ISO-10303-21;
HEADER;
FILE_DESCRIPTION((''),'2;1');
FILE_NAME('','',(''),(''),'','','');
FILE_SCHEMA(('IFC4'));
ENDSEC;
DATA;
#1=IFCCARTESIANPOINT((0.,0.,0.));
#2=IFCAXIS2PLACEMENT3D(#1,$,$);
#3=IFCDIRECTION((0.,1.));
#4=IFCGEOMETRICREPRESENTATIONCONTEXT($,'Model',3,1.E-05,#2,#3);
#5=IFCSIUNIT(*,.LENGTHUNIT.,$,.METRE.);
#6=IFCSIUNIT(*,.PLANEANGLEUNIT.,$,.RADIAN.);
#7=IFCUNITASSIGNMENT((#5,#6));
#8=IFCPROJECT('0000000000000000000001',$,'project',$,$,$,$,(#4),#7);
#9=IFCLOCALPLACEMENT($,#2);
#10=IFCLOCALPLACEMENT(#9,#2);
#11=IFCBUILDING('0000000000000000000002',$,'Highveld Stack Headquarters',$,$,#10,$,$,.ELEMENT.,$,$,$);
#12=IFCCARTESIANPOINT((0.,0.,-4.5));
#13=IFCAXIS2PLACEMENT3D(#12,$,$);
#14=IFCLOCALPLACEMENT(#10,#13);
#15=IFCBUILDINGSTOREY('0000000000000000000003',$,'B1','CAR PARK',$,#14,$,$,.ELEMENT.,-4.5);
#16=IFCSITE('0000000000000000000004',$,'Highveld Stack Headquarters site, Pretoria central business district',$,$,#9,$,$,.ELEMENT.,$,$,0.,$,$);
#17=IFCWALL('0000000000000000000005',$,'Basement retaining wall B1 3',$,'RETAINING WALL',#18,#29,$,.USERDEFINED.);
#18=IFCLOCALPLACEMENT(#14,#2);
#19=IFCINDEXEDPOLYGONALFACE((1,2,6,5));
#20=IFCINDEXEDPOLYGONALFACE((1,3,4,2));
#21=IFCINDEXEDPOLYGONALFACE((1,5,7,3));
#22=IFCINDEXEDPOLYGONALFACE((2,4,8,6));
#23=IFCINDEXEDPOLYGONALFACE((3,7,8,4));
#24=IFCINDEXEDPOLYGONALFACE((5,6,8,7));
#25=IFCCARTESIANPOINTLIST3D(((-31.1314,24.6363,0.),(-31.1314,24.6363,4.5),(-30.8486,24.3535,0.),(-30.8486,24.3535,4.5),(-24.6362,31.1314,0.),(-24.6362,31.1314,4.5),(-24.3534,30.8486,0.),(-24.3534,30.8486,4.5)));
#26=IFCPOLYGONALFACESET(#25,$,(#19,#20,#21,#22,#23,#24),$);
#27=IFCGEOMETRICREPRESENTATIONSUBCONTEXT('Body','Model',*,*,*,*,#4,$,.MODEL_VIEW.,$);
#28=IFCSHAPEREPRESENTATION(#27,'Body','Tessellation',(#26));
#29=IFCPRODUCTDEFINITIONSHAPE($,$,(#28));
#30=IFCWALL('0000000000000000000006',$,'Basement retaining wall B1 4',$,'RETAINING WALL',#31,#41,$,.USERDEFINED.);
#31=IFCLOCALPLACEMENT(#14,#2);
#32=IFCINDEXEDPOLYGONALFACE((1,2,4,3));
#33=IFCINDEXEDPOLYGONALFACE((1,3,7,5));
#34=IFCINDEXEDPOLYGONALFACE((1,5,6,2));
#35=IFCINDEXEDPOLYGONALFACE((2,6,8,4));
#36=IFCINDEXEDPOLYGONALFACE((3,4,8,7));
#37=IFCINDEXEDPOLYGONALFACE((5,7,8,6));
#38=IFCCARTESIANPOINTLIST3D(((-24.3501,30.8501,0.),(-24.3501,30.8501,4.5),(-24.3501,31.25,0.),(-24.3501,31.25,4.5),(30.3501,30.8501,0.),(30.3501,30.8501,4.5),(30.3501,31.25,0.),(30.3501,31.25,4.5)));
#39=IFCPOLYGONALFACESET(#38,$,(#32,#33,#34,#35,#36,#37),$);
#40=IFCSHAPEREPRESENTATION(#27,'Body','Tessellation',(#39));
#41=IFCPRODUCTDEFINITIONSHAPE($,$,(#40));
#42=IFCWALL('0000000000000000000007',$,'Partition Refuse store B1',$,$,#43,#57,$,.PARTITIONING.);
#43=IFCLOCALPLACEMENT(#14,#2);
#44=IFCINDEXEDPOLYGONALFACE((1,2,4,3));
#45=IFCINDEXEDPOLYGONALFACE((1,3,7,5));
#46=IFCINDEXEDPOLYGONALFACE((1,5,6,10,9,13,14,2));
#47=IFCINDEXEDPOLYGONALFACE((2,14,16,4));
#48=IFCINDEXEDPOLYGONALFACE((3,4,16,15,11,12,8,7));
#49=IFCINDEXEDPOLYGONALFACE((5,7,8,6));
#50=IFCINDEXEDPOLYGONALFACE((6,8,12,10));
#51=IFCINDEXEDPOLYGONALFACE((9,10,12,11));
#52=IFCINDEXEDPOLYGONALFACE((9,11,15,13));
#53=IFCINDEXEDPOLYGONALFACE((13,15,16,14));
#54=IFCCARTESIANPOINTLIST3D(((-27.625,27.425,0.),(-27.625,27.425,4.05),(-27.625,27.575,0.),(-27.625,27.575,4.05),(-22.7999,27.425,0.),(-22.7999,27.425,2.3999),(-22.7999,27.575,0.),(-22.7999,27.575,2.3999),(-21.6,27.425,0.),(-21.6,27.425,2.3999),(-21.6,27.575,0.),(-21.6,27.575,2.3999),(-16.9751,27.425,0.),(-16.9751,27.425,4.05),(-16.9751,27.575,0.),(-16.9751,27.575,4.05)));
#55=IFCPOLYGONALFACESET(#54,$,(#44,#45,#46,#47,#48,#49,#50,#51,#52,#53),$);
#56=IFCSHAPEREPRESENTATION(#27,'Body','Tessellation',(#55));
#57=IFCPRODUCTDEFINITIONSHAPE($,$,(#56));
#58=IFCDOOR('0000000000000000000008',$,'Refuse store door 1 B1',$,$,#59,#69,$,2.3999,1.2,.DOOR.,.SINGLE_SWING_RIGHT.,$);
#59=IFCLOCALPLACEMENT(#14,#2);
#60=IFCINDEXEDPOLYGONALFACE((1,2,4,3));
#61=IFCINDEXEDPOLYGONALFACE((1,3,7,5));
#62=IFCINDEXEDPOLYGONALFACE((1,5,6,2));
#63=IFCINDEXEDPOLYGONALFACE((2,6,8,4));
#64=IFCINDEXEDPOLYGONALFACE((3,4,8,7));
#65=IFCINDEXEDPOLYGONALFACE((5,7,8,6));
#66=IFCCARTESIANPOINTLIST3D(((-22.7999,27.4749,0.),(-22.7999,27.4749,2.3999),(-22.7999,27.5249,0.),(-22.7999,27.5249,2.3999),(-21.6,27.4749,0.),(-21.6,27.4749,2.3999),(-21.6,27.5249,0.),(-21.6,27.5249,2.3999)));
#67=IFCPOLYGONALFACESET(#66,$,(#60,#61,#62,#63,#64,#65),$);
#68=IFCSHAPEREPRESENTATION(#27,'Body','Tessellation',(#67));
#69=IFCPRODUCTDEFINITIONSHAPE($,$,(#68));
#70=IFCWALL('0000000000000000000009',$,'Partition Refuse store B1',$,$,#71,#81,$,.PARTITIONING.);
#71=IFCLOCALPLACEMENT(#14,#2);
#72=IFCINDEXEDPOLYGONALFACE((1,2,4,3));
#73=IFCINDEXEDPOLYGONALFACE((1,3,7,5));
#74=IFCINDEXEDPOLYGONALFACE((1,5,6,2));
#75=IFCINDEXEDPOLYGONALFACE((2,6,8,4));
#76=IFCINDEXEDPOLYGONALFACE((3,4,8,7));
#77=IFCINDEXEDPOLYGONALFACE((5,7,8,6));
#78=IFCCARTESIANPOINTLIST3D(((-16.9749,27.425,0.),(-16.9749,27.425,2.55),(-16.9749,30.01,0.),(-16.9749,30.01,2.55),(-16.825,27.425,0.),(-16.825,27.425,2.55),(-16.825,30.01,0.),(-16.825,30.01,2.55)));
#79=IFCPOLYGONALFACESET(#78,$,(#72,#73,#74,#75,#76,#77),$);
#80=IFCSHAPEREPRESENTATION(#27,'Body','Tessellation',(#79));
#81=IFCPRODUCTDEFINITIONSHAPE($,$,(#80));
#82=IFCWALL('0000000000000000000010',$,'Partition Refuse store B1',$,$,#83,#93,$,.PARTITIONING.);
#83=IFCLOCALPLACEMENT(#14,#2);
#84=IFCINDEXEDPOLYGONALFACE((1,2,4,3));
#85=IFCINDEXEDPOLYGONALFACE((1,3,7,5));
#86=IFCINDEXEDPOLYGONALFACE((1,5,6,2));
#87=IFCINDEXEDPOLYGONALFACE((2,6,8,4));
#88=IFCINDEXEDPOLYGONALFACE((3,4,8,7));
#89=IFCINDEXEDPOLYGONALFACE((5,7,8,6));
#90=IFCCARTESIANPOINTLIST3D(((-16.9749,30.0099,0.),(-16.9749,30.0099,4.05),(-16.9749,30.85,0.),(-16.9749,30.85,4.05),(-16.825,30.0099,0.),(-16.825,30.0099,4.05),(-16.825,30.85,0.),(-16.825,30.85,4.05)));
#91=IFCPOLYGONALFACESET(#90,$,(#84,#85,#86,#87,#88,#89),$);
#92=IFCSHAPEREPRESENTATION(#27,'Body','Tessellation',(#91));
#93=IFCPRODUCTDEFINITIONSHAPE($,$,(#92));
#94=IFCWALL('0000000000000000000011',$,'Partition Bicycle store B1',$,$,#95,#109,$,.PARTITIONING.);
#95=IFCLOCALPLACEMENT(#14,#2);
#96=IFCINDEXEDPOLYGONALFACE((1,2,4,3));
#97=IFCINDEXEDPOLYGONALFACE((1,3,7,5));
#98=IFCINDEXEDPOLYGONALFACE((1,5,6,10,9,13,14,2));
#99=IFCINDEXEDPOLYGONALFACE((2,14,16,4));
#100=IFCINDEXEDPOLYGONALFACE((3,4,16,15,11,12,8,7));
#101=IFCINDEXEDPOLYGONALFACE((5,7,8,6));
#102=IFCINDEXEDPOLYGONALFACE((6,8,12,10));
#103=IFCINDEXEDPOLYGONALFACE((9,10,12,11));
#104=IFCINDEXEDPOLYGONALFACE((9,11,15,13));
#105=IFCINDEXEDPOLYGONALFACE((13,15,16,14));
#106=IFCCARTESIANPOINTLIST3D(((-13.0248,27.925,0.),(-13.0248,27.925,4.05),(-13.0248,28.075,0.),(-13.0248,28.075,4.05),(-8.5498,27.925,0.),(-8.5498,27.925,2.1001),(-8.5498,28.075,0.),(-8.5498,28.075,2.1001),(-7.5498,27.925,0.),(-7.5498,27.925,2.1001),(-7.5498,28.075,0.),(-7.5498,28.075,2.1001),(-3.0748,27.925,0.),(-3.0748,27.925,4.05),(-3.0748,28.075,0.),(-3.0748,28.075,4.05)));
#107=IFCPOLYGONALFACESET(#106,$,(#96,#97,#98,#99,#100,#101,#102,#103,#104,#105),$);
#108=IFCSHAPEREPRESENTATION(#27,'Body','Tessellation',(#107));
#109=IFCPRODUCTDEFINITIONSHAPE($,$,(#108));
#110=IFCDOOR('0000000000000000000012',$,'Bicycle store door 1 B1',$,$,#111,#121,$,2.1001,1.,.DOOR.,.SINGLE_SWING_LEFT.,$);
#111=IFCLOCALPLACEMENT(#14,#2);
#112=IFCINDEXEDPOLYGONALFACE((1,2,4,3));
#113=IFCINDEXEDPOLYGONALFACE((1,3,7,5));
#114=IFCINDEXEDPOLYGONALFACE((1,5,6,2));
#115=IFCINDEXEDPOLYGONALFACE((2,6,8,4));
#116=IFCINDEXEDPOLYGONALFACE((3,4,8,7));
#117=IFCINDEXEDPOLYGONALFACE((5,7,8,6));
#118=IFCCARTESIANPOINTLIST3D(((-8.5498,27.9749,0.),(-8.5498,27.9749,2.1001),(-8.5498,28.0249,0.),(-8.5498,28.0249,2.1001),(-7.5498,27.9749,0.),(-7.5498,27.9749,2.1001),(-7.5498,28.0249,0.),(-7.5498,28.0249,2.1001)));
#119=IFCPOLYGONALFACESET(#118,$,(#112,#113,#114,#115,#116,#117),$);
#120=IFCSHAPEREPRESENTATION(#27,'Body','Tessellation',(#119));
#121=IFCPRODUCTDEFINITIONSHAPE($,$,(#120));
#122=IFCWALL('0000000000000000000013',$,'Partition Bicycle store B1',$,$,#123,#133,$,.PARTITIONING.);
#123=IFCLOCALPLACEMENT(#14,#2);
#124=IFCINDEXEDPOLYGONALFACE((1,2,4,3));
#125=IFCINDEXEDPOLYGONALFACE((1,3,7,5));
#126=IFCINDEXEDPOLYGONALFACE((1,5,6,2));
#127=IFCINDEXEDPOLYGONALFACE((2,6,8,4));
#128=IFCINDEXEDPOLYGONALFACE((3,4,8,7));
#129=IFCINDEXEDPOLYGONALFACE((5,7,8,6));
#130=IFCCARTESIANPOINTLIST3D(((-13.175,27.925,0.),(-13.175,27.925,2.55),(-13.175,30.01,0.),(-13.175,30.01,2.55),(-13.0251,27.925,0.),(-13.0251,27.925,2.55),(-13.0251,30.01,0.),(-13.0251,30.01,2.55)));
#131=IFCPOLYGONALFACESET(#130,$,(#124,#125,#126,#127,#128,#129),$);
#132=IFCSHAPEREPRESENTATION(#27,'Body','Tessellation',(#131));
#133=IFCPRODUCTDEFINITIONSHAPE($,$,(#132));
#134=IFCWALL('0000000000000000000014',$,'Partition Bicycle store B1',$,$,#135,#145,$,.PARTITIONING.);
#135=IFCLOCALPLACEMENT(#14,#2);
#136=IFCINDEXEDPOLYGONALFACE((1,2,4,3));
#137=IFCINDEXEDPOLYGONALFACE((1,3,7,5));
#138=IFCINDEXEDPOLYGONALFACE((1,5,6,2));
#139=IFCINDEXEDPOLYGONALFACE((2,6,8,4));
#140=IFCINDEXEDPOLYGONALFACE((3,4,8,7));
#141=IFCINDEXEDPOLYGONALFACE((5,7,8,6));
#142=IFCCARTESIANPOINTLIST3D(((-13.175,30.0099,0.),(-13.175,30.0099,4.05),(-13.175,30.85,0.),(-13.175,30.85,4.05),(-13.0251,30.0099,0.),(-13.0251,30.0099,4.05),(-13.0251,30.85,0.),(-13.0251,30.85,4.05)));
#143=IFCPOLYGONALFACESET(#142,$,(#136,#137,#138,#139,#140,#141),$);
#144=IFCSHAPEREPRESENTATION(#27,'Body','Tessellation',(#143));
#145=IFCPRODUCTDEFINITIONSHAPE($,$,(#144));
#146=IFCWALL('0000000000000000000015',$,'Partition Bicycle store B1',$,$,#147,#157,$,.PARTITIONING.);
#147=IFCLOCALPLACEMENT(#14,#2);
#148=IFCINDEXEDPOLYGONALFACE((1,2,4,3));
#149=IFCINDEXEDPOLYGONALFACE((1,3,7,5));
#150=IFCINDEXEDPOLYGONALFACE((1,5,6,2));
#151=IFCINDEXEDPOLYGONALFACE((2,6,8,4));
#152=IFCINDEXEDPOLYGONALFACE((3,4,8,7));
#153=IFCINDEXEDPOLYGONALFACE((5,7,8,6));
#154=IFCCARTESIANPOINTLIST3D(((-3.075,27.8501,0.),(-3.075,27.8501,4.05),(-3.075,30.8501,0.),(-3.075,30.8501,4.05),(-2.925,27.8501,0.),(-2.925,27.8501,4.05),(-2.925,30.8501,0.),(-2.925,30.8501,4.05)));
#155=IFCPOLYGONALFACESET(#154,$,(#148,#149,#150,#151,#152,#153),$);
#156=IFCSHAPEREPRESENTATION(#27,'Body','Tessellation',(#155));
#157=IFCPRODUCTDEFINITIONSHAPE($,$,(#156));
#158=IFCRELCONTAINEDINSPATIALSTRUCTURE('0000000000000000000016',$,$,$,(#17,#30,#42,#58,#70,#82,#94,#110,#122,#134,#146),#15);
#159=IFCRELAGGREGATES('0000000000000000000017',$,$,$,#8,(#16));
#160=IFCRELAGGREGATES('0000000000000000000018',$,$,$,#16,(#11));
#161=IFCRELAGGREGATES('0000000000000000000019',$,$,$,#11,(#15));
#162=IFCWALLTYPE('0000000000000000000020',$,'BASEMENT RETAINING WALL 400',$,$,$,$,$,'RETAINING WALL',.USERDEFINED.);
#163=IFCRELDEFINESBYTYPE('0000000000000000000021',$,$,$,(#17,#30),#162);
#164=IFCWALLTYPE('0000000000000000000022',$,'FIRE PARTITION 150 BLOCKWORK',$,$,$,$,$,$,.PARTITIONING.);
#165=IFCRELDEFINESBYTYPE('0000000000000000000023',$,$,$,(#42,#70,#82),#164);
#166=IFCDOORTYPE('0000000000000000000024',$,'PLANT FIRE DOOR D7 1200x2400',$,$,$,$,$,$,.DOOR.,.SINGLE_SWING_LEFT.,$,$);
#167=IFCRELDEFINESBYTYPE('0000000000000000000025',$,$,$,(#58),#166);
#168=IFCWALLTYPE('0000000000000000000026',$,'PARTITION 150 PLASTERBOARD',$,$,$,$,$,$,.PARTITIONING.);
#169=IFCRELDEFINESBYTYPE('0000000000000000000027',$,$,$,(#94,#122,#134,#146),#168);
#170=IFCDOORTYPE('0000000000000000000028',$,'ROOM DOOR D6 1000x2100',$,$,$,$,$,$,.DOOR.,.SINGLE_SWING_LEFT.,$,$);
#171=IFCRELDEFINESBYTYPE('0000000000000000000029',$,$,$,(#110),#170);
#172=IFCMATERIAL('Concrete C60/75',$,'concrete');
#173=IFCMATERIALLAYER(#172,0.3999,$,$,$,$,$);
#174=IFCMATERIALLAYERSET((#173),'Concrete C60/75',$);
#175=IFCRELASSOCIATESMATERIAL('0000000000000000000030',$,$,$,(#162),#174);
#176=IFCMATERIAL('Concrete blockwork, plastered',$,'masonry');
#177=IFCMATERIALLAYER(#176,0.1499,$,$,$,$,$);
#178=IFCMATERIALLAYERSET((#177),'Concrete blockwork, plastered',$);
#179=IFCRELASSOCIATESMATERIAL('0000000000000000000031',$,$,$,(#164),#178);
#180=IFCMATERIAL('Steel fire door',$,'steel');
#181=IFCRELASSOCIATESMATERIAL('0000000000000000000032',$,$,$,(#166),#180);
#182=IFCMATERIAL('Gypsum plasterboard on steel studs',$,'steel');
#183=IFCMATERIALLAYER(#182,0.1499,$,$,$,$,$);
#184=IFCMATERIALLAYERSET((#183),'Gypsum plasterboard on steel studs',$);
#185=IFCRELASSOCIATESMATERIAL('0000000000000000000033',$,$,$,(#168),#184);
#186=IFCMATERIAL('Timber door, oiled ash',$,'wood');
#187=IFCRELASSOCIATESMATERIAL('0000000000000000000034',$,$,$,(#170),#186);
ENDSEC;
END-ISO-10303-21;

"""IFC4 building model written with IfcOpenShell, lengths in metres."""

from ifc_helpers import new_model, si_unit, direction, frame, frame_2d, origin, place, context, subcontext, project, spatial, rectangle, extrude, material, layer, layer_set, type_object, element, fill, save


model = new_model("IFC4")

# Units and contexts
model_context = context("Model", 3, precision=1e-05, world=origin(), true_north=direction((0.0, 1.0)))
body_context = subcontext(model_context, "Body", "Model", "MODEL_VIEW")
ifc_project = project(units=[si_unit("LENGTHUNIT", "METRE"), si_unit("PLANEANGLEUNIT", "RADIAN")], contexts=[model_context])

# Site, building, storey
site_placement = place(None, origin())
site = spatial("IfcSite", under=ifc_project, at=site_placement, Name="Highveld Stack Headquarters site, Pretoria central business district", CompositionType="ELEMENT", RefElevation=0.0)
building_placement = place(site_placement, origin())
building = spatial("IfcBuilding", under=site, at=building_placement, Name="Highveld Stack Headquarters", CompositionType="ELEMENT")
storey_placement = place(building_placement, frame((0.0, 0.0, -4.5)))
storey = spatial("IfcBuildingStorey", under=building, at=storey_placement, Name="B1", Description="CAR PARK", CompositionType="ELEMENT", Elevation=-4.5)

# Walls
ifc_material_1 = material(Name="Concrete C60/75", Category="concrete")
ifc_layer_1 = layer(ifc_material_1, 0.3999)
ifc_layer_set_1 = layer_set([ifc_layer_1], Name="Concrete C60/75")
wall_type_1 = type_object("IfcWallType", Name="BASEMENT RETAINING WALL 400", ElementType="RETAINING WALL", PredefinedType="USERDEFINED", material=ifc_layer_set_1)
wall_1_placement = place(storey_placement, frame((-30.99, 24.4949, 0.0), z_axis=(0.0, 0.0, 1.0), x_axis=(0.707107, 0.707107, 0.0)))
element("IfcWall", 1, at=wall_1_placement, inside=storey, type_object=wall_type_1, Name="Basement retaining wall B1 3", ObjectType="RETAINING WALL", PredefinedType="USERDEFINED", context=body_context, shape_type="SweptSolid", body=[
    extrude(rectangle(XDim=9.1855, YDim=0.3999, at=frame_2d((4.5928, 0.0))), origin(), (0.0, 0.0, 1.0), 4.5),
])
wall_2_placement = place(storey_placement, frame((-24.3501, 31.05, 0.0), z_axis=(0.0, 0.0, 1.0), x_axis=(1.0, 0.0, 0.0)))
element("IfcWall", 2, at=wall_2_placement, inside=storey, type_object=wall_type_1, Name="Basement retaining wall B1 4", ObjectType="RETAINING WALL", PredefinedType="USERDEFINED", context=body_context, shape_type="SweptSolid", body=[
    extrude(rectangle(XDim=54.7002, YDim=0.3999, at=frame_2d((27.3501, 0.0))), origin(), (0.0, 0.0, 1.0), 4.5),
])

# Wall, opening, door
ifc_material_2 = material(Name="Concrete blockwork, plastered", Category="masonry")
ifc_layer_2 = layer(ifc_material_2, 0.1499)
ifc_layer_set_2 = layer_set([ifc_layer_2], Name="Concrete blockwork, plastered")
wall_type_2 = type_object("IfcWallType", Name="FIRE PARTITION 150 BLOCKWORK", PredefinedType="PARTITIONING", material=ifc_layer_set_2)
wall_3_placement = place(storey_placement, frame((-27.625, 27.5, 0.0), z_axis=(0.0, 0.0, 1.0), x_axis=(1.0, 0.0, 0.0)))
wall_3 = element("IfcWall", 3, at=wall_3_placement, inside=storey, type_object=wall_type_2, Name="Partition Refuse store B1", PredefinedType="PARTITIONING", context=body_context, shape_type="SweptSolid", body=[
    extrude(rectangle(XDim=10.6499, YDim=0.1499, at=frame_2d((5.325, 0.0))), origin(), (0.0, 0.0, 1.0), 4.05),
])
opening_1_placement = place(wall_3_placement, frame((4.825, 0.0, 0.0)))
opening_1 = element("IfcOpeningElement", 4, at=opening_1_placement, cuts=wall_3, PredefinedType="OPENING", context=body_context, shape_type="SweptSolid", body=[
    extrude(rectangle(XDim=1.2, YDim=2.3999, at=frame_2d((0.6001, 1.2))), frame((0.0, 0.085, 0.0), z_axis=(0.0, -1.0, 0.0), x_axis=(1.0, 0.0, 0.0)), (0.0, 0.0, 1.0), 0.1699),
])
ifc_material_3 = material(Name="Steel fire door", Category="steel")
door_type_1 = type_object("IfcDoorType", Name="PLANT FIRE DOOR D7 1200x2400", OperationType="SINGLE_SWING_LEFT", PredefinedType="DOOR", material=ifc_material_3)
door_1_placement = place(opening_1_placement, origin())
door_1 = element("IfcDoor", 5, at=door_1_placement, inside=storey, type_object=door_type_1, Name="Refuse store door 1 B1", OperationType="SINGLE_SWING_RIGHT", OverallHeight=2.3999, OverallWidth=1.2, PredefinedType="DOOR", context=body_context, shape_type="SweptSolid", body=[
    extrude(rectangle(XDim=1.2, YDim=2.3999, at=frame_2d((0.6001, 1.2))), frame((0.0, 0.0249, 0.0), z_axis=(0.0, -1.0, 0.0), x_axis=(1.0, 0.0, 0.0)), (0.0, 0.0, 1.0), 0.05),
])
fill(opening_1, door_1)

# Walls
wall_4_placement = place(storey_placement, frame((-16.8999, 27.425, 0.0), z_axis=(0.0, 0.0, 1.0), x_axis=(0.0, 1.0, 0.0)))
element("IfcWall", 6, at=wall_4_placement, inside=storey, type_object=wall_type_2, Name="Partition Refuse store B1", PredefinedType="PARTITIONING", context=body_context, shape_type="SweptSolid", body=[
    extrude(rectangle(XDim=2.585, YDim=0.1499, at=frame_2d((1.2925, 0.0))), origin(), (0.0, 0.0, 1.0), 2.55),
])
wall_5_placement = place(storey_placement, frame((-16.8999, 30.01, 0.0), z_axis=(0.0, 0.0, 1.0), x_axis=(0.0, 1.0, 0.0)))
element("IfcWall", 7, at=wall_5_placement, inside=storey, type_object=wall_type_2, Name="Partition Refuse store B1", PredefinedType="PARTITIONING", context=body_context, shape_type="SweptSolid", body=[
    extrude(rectangle(XDim=0.8401, YDim=0.1499, at=frame_2d((0.4199, 0.0))), origin(), (0.0, 0.0, 1.0), 4.05),
])

# Wall, opening, door
ifc_material_4 = material(Name="Gypsum plasterboard on steel studs", Category="steel")
ifc_layer_3 = layer(ifc_material_4, 0.1499)
ifc_layer_set_3 = layer_set([ifc_layer_3], Name="Gypsum plasterboard on steel studs")
wall_type_3 = type_object("IfcWallType", Name="PARTITION 150 PLASTERBOARD", PredefinedType="PARTITIONING", material=ifc_layer_set_3)
wall_6_placement = place(storey_placement, frame((-13.0249, 28.0, 0.0), z_axis=(0.0, 0.0, 1.0), x_axis=(1.0, 0.0, 0.0)))
wall_6 = element("IfcWall", 8, at=wall_6_placement, inside=storey, type_object=wall_type_3, Name="Partition Bicycle store B1", PredefinedType="PARTITIONING", context=body_context, shape_type="SweptSolid", body=[
    extrude(rectangle(XDim=9.95, YDim=0.1499, at=frame_2d((4.9751, 0.0))), origin(), (0.0, 0.0, 1.0), 4.05),
])
opening_2_placement = place(wall_6_placement, frame((4.4751, 0.0, 0.0)))
opening_2 = element("IfcOpeningElement", 9, at=opening_2_placement, cuts=wall_6, PredefinedType="OPENING", context=body_context, shape_type="SweptSolid", body=[
    extrude(rectangle(XDim=1.0, YDim=2.1001, at=frame_2d((0.5, 1.05))), frame((0.0, 0.085, 0.0), z_axis=(0.0, -1.0, 0.0), x_axis=(1.0, 0.0, 0.0)), (0.0, 0.0, 1.0), 0.1699),
])
ifc_material_5 = material(Name="Timber door, oiled ash", Category="wood")
door_type_2 = type_object("IfcDoorType", Name="ROOM DOOR D6 1000x2100", OperationType="SINGLE_SWING_LEFT", PredefinedType="DOOR", material=ifc_material_5)
door_2_placement = place(opening_2_placement, origin())
door_2 = element("IfcDoor", 10, at=door_2_placement, inside=storey, type_object=door_type_2, Name="Bicycle store door 1 B1", OperationType="SINGLE_SWING_LEFT", OverallHeight=2.1001, OverallWidth=1.0, PredefinedType="DOOR", context=body_context, shape_type="SweptSolid", body=[
    extrude(rectangle(XDim=1.0, YDim=2.1001, at=frame_2d((0.5, 1.05))), frame((0.0, 0.0249, 0.0), z_axis=(0.0, -1.0, 0.0), x_axis=(1.0, 0.0, 0.0)), (0.0, 0.0, 1.0), 0.05),
])
fill(opening_2, door_2)

# Walls
wall_7_placement = place(storey_placement, frame((-13.1001, 27.925, 0.0), z_axis=(0.0, 0.0, 1.0), x_axis=(0.0, 1.0, 0.0)))
element("IfcWall", 11, at=wall_7_placement, inside=storey, type_object=wall_type_3, Name="Partition Bicycle store B1", PredefinedType="PARTITIONING", context=body_context, shape_type="SweptSolid", body=[
    extrude(rectangle(XDim=2.085, YDim=0.1499, at=frame_2d((1.0425, 0.0))), origin(), (0.0, 0.0, 1.0), 2.55),
])
wall_8_placement = place(storey_placement, frame((-13.1001, 30.01, 0.0), z_axis=(0.0, 0.0, 1.0), x_axis=(0.0, 1.0, 0.0)))
element("IfcWall", 12, at=wall_8_placement, inside=storey, type_object=wall_type_3, Name="Partition Bicycle store B1", PredefinedType="PARTITIONING", context=body_context, shape_type="SweptSolid", body=[
    extrude(rectangle(XDim=0.8401, YDim=0.1499, at=frame_2d((0.4199, 0.0))), origin(), (0.0, 0.0, 1.0), 4.05),
])
wall_9_placement = place(storey_placement, frame((-3.0, 27.8501, 0.0), z_axis=(0.0, 0.0, 1.0), x_axis=(0.0, 1.0, 0.0)))
element("IfcWall", 13, at=wall_9_placement, inside=storey, type_object=wall_type_3, Name="Partition Bicycle store B1", PredefinedType="PARTITIONING", context=body_context, shape_type="SweptSolid", body=[
    extrude(rectangle(XDim=3.0, YDim=0.1499, at=frame_2d((1.5, 0.0))), origin(), (0.0, 0.0, 1.0), 4.05),
])

save(model, "model.ifc")
